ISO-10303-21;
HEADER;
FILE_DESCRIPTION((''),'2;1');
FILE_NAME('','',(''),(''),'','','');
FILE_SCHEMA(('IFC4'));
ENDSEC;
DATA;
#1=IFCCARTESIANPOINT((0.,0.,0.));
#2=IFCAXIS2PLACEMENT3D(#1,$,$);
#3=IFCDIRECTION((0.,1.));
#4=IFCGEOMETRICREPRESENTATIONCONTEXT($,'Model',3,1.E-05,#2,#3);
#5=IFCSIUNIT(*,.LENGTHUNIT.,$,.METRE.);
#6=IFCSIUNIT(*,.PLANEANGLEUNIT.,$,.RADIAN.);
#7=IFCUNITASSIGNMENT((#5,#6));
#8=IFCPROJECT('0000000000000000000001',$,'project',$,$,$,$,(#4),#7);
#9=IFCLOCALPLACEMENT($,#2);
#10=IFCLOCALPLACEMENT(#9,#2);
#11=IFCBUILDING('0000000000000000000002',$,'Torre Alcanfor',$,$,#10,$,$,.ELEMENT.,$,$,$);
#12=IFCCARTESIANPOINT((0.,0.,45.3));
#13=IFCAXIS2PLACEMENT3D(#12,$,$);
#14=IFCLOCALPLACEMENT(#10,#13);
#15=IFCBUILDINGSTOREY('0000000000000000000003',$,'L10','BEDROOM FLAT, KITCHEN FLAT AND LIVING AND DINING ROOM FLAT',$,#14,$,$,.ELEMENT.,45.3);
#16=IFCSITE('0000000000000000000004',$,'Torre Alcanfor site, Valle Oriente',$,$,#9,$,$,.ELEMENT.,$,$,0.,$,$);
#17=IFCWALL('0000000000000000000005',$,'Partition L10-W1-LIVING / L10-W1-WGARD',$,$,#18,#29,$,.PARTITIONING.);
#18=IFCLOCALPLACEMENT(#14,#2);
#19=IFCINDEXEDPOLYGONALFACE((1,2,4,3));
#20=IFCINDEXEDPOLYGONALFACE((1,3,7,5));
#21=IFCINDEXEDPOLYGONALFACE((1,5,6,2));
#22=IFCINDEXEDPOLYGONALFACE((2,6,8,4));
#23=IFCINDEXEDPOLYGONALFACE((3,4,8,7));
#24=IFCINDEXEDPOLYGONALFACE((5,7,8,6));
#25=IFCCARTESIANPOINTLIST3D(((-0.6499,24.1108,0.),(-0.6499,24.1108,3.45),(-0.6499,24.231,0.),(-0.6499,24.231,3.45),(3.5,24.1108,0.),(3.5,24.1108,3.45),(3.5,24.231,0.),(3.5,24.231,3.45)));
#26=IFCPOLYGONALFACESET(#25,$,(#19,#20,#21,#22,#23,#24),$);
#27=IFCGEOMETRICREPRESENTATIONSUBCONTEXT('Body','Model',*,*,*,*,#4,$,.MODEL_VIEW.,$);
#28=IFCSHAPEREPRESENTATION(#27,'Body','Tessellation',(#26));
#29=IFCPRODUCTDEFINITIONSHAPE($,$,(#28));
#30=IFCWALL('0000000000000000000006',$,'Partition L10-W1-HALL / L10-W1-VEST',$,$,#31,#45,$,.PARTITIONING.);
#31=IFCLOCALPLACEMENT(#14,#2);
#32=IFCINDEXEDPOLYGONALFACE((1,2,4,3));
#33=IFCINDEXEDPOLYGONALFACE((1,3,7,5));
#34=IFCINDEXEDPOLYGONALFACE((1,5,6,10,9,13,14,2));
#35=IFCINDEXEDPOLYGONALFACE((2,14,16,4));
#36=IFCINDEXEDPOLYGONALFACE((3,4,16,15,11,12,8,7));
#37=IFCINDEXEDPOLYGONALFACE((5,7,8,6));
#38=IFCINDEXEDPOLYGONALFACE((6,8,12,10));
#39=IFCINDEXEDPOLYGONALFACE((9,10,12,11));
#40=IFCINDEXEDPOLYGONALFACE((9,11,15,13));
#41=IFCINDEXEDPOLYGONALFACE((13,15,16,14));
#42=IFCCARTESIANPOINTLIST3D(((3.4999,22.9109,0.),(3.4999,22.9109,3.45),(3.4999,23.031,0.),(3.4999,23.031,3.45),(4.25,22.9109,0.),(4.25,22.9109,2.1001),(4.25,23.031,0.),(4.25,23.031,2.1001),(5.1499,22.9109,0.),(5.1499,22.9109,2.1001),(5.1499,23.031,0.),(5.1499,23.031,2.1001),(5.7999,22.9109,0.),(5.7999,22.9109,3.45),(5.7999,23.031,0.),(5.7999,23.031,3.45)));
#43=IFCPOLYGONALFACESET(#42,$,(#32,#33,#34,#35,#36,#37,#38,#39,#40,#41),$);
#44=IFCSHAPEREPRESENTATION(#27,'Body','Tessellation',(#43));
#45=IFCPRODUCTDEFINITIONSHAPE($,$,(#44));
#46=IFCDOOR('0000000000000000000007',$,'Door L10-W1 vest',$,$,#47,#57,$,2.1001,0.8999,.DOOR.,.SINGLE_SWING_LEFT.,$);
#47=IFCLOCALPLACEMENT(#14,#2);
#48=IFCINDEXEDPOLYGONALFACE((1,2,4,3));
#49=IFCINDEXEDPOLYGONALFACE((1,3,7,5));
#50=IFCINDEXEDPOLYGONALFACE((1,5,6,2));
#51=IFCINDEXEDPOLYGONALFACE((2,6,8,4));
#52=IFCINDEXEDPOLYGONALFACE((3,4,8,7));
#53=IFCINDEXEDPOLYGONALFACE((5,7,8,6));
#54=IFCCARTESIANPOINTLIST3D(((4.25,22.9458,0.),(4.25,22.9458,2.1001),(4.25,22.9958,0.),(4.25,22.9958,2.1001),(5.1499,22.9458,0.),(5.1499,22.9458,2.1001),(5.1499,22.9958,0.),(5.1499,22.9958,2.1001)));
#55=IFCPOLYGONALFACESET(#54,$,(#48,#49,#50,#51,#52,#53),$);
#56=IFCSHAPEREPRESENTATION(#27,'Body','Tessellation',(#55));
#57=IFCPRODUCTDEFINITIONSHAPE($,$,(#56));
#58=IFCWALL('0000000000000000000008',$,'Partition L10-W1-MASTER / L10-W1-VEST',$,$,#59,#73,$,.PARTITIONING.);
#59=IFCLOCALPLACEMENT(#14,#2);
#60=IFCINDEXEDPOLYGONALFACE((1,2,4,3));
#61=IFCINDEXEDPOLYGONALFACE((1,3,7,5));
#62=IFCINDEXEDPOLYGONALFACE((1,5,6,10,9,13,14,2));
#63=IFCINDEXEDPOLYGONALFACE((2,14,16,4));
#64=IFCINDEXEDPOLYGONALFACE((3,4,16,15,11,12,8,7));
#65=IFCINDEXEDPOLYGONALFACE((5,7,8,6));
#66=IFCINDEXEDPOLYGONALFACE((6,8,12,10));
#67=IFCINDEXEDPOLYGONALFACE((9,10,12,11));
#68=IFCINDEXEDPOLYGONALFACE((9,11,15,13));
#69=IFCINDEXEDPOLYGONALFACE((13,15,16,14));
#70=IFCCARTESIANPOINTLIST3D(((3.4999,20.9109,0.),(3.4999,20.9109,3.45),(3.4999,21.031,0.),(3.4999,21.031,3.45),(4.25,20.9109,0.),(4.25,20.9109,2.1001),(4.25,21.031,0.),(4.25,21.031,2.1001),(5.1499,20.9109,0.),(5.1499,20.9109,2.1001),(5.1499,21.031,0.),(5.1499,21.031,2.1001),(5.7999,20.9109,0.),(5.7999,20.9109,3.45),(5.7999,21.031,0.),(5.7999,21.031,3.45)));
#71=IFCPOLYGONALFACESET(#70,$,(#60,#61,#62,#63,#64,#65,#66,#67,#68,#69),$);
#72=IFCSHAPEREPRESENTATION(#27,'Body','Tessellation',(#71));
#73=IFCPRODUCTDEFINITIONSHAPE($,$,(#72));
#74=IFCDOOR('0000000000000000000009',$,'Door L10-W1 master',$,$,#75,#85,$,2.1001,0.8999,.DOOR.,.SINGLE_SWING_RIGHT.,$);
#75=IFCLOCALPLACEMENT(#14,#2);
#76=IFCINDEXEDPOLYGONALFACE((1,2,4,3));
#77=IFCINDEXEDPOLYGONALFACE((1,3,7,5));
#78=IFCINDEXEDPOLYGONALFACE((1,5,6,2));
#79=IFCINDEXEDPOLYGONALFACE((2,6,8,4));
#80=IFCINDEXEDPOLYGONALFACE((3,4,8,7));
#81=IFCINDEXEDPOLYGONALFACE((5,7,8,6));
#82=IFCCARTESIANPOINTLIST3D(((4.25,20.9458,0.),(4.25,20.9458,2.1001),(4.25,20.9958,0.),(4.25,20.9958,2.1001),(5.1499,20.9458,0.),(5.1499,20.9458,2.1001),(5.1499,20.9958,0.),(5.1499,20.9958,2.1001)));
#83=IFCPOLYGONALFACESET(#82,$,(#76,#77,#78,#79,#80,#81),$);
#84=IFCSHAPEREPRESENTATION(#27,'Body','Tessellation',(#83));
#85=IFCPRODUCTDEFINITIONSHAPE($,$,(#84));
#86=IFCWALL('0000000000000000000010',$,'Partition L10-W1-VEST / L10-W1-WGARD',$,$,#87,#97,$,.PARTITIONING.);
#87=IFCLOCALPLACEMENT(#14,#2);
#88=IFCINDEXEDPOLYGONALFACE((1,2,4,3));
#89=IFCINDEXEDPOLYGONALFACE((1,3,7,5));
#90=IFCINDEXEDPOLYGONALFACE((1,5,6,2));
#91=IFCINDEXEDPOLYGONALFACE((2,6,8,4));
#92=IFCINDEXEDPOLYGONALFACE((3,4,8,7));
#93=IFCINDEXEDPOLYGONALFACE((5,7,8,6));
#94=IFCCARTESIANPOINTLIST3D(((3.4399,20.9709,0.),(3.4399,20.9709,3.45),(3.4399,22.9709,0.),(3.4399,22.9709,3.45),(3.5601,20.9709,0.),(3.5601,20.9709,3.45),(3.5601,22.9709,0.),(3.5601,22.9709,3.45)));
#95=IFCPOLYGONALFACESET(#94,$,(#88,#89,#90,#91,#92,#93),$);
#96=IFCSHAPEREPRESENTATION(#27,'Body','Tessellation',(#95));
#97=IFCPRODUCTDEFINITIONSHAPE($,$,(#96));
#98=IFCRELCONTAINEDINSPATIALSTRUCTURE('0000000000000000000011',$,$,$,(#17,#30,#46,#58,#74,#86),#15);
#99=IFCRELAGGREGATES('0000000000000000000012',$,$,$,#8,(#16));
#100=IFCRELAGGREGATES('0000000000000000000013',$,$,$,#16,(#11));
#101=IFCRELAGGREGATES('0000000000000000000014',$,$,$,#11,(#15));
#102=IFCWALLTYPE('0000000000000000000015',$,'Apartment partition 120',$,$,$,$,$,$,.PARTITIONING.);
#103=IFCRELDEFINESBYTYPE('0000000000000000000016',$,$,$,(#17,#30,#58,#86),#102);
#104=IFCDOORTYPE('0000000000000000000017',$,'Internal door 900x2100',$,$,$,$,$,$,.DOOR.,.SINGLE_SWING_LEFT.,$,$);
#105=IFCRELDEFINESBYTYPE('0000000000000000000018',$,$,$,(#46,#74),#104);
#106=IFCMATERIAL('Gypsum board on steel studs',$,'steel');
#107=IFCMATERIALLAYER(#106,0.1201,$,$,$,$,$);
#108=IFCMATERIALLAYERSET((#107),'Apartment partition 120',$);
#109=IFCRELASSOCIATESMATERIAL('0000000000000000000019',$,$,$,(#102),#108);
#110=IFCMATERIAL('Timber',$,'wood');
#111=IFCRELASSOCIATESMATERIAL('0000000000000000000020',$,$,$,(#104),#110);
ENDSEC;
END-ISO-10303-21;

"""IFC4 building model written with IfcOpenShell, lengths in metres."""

from ifc_helpers import new_model, si_unit, direction, frame, frame_2d, origin, place, context, subcontext, project, spatial, rectangle, extrude, material, layer, layer_set, type_object, element, fill, save


model = new_model("IFC4")

# Units and contexts
model_context = context("Model", 3, precision=1e-05, world=origin(), true_north=direction((0.0, 1.0)))
body_context = subcontext(model_context, "Body", "Model", "MODEL_VIEW")
ifc_project = project(units=[si_unit("LENGTHUNIT", "METRE"), si_unit("PLANEANGLEUNIT", "RADIAN")], contexts=[model_context])

# Site, building, storey
site_placement = place(None, origin())
site = spatial("IfcSite", under=ifc_project, at=site_placement, Name="Torre Alcanfor site, Valle Oriente", CompositionType="ELEMENT", RefElevation=0.0)
building_placement = place(site_placement, origin())
building = spatial("IfcBuilding", under=site, at=building_placement, Name="Torre Alcanfor", CompositionType="ELEMENT")
storey_placement = place(building_placement, frame((0.0, 0.0, 45.3)))
storey = spatial("IfcBuildingStorey", under=building, at=storey_placement, Name="L10", Description="BEDROOM FLAT, KITCHEN FLAT AND LIVING AND DINING ROOM FLAT", CompositionType="ELEMENT", Elevation=45.3)

# Shared definitions
ifc_material_1 = material(Name="Gypsum board on steel studs", Category="steel")
ifc_layer_1 = layer(ifc_material_1, 0.1201)
ifc_layer_set_1 = layer_set([ifc_layer_1], Name="Apartment partition 120")
wall_type_1 = type_object("IfcWallType", Name="Apartment partition 120", PredefinedType="PARTITIONING", material=ifc_layer_set_1)
ifc_material_2 = material(Name="Timber", Category="wood")
door_type = type_object("IfcDoorType", Name="Internal door 900x2100", OperationType="SINGLE_SWING_LEFT", PredefinedType="DOOR", material=ifc_material_2)

# Wall
wall_1_placement = place(storey_placement, frame((-0.6499, 24.1709, 0.0), z_axis=(0.0, 0.0, 1.0), x_axis=(1.0, 0.0, 0.0)))
element("IfcWall", 1, at=wall_1_placement, inside=storey, type_object=wall_type_1, Name="Partition L10-W1-LIVING / L10-W1-WGARD", PredefinedType="PARTITIONING", context=body_context, shape_type="SweptSolid", body=[
    extrude(rectangle(XDim=4.1499, YDim=0.1201, at=frame_2d((2.075, 0.0))), origin(), (0.0, 0.0, 1.0), 3.45),
])

# Walls, openings, doors
wall_2_placement = place(storey_placement, frame((3.5, 22.9709, 0.0), z_axis=(0.0, 0.0, 1.0), x_axis=(1.0, 0.0, 0.0)))
wall_2 = element("IfcWall", 2, at=wall_2_placement, inside=storey, type_object=wall_type_1, Name="Partition L10-W1-HALL / L10-W1-VEST", PredefinedType="PARTITIONING", context=body_context, shape_type="SweptSolid", body=[
    extrude(rectangle(XDim=2.3, YDim=0.1201, at=frame_2d((1.1499, 0.0))), origin(), (0.0, 0.0, 1.0), 3.45),
])
opening_1_placement = place(wall_2_placement, frame((0.75, 0.0, 0.0)))
opening_1 = element("IfcOpeningElement", 3, at=opening_1_placement, cuts=wall_2, PredefinedType="OPENING", context=body_context, shape_type="SweptSolid", body=[
    extrude(rectangle(XDim=0.8999, YDim=2.1001, at=frame_2d((0.45, 1.05))), frame((0.0, 0.0701, 0.0), z_axis=(0.0, -1.0, 0.0), x_axis=(1.0, 0.0, 0.0)), (0.0, 0.0, 1.0), 0.1401),
])
door_1_placement = place(opening_1_placement, frame((0.8999, 0.0, 0.0), z_axis=(0.0, 0.0, 1.0), x_axis=(-1.0, 0.0, 0.0)))
door_1 = element("IfcDoor", 4, at=door_1_placement, inside=storey, type_object=door_type, Name="Door L10-W1 vest", OperationType="SINGLE_SWING_LEFT", OverallHeight=2.1001, OverallWidth=0.8999, PredefinedType="DOOR", context=body_context, shape_type="SweptSolid", body=[
    extrude(rectangle(XDim=0.8999, YDim=2.1001, at=frame_2d((0.45, 1.05))), frame((0.0, 0.0251, 0.0), z_axis=(0.0, -1.0, 0.0), x_axis=(1.0, 0.0, 0.0)), (0.0, 0.0, 1.0), 0.05),
])
fill(opening_1, door_1)
wall_3_placement = place(storey_placement, frame((3.5, 20.9709, 0.0), z_axis=(0.0, 0.0, 1.0), x_axis=(1.0, 0.0, 0.0)))
wall_3 = element("IfcWall", 5, at=wall_3_placement, inside=storey, type_object=wall_type_1, Name="Partition L10-W1-MASTER / L10-W1-VEST", PredefinedType="PARTITIONING", context=body_context, shape_type="SweptSolid", body=[
    extrude(rectangle(XDim=2.3, YDim=0.1201, at=frame_2d((1.1499, 0.0))), origin(), (0.0, 0.0, 1.0), 3.45),
])
opening_2_placement = place(wall_3_placement, frame((0.75, 0.0, 0.0)))
opening_2 = element("IfcOpeningElement", 6, at=opening_2_placement, cuts=wall_3, PredefinedType="OPENING", context=body_context, shape_type="SweptSolid", body=[
    extrude(rectangle(XDim=0.8999, YDim=2.1001, at=frame_2d((0.45, 1.05))), frame((0.0, 0.0701, 0.0), z_axis=(0.0, -1.0, 0.0), x_axis=(1.0, 0.0, 0.0)), (0.0, 0.0, 1.0), 0.1401),
])
door_2_placement = place(opening_2_placement, origin())
door_2 = element("IfcDoor", 7, at=door_2_placement, inside=storey, type_object=door_type, Name="Door L10-W1 master", OperationType="SINGLE_SWING_RIGHT", OverallHeight=2.1001, OverallWidth=0.8999, PredefinedType="DOOR", context=body_context, shape_type="SweptSolid", body=[
    extrude(rectangle(XDim=0.8999, YDim=2.1001, at=frame_2d((0.45, 1.05))), frame((0.0, 0.0249, 0.0), z_axis=(0.0, -1.0, 0.0), x_axis=(1.0, 0.0, 0.0)), (0.0, 0.0, 1.0), 0.05),
])
fill(opening_2, door_2)

# Wall
wall_4_placement = place(storey_placement, frame((3.5, 22.9709, 0.0), z_axis=(0.0, 0.0, 1.0), x_axis=(0.0, -1.0, 0.0)))
element("IfcWall", 8, at=wall_4_placement, inside=storey, type_object=wall_type_1, Name="Partition L10-W1-VEST / L10-W1-WGARD", PredefinedType="PARTITIONING", context=body_context, shape_type="SweptSolid", body=[
    extrude(rectangle(XDim=2.0, YDim=0.1201, at=frame_2d((1.0, 0.0))), origin(), (0.0, 0.0, 1.0), 3.45),
])

save(model, "model.ifc")
